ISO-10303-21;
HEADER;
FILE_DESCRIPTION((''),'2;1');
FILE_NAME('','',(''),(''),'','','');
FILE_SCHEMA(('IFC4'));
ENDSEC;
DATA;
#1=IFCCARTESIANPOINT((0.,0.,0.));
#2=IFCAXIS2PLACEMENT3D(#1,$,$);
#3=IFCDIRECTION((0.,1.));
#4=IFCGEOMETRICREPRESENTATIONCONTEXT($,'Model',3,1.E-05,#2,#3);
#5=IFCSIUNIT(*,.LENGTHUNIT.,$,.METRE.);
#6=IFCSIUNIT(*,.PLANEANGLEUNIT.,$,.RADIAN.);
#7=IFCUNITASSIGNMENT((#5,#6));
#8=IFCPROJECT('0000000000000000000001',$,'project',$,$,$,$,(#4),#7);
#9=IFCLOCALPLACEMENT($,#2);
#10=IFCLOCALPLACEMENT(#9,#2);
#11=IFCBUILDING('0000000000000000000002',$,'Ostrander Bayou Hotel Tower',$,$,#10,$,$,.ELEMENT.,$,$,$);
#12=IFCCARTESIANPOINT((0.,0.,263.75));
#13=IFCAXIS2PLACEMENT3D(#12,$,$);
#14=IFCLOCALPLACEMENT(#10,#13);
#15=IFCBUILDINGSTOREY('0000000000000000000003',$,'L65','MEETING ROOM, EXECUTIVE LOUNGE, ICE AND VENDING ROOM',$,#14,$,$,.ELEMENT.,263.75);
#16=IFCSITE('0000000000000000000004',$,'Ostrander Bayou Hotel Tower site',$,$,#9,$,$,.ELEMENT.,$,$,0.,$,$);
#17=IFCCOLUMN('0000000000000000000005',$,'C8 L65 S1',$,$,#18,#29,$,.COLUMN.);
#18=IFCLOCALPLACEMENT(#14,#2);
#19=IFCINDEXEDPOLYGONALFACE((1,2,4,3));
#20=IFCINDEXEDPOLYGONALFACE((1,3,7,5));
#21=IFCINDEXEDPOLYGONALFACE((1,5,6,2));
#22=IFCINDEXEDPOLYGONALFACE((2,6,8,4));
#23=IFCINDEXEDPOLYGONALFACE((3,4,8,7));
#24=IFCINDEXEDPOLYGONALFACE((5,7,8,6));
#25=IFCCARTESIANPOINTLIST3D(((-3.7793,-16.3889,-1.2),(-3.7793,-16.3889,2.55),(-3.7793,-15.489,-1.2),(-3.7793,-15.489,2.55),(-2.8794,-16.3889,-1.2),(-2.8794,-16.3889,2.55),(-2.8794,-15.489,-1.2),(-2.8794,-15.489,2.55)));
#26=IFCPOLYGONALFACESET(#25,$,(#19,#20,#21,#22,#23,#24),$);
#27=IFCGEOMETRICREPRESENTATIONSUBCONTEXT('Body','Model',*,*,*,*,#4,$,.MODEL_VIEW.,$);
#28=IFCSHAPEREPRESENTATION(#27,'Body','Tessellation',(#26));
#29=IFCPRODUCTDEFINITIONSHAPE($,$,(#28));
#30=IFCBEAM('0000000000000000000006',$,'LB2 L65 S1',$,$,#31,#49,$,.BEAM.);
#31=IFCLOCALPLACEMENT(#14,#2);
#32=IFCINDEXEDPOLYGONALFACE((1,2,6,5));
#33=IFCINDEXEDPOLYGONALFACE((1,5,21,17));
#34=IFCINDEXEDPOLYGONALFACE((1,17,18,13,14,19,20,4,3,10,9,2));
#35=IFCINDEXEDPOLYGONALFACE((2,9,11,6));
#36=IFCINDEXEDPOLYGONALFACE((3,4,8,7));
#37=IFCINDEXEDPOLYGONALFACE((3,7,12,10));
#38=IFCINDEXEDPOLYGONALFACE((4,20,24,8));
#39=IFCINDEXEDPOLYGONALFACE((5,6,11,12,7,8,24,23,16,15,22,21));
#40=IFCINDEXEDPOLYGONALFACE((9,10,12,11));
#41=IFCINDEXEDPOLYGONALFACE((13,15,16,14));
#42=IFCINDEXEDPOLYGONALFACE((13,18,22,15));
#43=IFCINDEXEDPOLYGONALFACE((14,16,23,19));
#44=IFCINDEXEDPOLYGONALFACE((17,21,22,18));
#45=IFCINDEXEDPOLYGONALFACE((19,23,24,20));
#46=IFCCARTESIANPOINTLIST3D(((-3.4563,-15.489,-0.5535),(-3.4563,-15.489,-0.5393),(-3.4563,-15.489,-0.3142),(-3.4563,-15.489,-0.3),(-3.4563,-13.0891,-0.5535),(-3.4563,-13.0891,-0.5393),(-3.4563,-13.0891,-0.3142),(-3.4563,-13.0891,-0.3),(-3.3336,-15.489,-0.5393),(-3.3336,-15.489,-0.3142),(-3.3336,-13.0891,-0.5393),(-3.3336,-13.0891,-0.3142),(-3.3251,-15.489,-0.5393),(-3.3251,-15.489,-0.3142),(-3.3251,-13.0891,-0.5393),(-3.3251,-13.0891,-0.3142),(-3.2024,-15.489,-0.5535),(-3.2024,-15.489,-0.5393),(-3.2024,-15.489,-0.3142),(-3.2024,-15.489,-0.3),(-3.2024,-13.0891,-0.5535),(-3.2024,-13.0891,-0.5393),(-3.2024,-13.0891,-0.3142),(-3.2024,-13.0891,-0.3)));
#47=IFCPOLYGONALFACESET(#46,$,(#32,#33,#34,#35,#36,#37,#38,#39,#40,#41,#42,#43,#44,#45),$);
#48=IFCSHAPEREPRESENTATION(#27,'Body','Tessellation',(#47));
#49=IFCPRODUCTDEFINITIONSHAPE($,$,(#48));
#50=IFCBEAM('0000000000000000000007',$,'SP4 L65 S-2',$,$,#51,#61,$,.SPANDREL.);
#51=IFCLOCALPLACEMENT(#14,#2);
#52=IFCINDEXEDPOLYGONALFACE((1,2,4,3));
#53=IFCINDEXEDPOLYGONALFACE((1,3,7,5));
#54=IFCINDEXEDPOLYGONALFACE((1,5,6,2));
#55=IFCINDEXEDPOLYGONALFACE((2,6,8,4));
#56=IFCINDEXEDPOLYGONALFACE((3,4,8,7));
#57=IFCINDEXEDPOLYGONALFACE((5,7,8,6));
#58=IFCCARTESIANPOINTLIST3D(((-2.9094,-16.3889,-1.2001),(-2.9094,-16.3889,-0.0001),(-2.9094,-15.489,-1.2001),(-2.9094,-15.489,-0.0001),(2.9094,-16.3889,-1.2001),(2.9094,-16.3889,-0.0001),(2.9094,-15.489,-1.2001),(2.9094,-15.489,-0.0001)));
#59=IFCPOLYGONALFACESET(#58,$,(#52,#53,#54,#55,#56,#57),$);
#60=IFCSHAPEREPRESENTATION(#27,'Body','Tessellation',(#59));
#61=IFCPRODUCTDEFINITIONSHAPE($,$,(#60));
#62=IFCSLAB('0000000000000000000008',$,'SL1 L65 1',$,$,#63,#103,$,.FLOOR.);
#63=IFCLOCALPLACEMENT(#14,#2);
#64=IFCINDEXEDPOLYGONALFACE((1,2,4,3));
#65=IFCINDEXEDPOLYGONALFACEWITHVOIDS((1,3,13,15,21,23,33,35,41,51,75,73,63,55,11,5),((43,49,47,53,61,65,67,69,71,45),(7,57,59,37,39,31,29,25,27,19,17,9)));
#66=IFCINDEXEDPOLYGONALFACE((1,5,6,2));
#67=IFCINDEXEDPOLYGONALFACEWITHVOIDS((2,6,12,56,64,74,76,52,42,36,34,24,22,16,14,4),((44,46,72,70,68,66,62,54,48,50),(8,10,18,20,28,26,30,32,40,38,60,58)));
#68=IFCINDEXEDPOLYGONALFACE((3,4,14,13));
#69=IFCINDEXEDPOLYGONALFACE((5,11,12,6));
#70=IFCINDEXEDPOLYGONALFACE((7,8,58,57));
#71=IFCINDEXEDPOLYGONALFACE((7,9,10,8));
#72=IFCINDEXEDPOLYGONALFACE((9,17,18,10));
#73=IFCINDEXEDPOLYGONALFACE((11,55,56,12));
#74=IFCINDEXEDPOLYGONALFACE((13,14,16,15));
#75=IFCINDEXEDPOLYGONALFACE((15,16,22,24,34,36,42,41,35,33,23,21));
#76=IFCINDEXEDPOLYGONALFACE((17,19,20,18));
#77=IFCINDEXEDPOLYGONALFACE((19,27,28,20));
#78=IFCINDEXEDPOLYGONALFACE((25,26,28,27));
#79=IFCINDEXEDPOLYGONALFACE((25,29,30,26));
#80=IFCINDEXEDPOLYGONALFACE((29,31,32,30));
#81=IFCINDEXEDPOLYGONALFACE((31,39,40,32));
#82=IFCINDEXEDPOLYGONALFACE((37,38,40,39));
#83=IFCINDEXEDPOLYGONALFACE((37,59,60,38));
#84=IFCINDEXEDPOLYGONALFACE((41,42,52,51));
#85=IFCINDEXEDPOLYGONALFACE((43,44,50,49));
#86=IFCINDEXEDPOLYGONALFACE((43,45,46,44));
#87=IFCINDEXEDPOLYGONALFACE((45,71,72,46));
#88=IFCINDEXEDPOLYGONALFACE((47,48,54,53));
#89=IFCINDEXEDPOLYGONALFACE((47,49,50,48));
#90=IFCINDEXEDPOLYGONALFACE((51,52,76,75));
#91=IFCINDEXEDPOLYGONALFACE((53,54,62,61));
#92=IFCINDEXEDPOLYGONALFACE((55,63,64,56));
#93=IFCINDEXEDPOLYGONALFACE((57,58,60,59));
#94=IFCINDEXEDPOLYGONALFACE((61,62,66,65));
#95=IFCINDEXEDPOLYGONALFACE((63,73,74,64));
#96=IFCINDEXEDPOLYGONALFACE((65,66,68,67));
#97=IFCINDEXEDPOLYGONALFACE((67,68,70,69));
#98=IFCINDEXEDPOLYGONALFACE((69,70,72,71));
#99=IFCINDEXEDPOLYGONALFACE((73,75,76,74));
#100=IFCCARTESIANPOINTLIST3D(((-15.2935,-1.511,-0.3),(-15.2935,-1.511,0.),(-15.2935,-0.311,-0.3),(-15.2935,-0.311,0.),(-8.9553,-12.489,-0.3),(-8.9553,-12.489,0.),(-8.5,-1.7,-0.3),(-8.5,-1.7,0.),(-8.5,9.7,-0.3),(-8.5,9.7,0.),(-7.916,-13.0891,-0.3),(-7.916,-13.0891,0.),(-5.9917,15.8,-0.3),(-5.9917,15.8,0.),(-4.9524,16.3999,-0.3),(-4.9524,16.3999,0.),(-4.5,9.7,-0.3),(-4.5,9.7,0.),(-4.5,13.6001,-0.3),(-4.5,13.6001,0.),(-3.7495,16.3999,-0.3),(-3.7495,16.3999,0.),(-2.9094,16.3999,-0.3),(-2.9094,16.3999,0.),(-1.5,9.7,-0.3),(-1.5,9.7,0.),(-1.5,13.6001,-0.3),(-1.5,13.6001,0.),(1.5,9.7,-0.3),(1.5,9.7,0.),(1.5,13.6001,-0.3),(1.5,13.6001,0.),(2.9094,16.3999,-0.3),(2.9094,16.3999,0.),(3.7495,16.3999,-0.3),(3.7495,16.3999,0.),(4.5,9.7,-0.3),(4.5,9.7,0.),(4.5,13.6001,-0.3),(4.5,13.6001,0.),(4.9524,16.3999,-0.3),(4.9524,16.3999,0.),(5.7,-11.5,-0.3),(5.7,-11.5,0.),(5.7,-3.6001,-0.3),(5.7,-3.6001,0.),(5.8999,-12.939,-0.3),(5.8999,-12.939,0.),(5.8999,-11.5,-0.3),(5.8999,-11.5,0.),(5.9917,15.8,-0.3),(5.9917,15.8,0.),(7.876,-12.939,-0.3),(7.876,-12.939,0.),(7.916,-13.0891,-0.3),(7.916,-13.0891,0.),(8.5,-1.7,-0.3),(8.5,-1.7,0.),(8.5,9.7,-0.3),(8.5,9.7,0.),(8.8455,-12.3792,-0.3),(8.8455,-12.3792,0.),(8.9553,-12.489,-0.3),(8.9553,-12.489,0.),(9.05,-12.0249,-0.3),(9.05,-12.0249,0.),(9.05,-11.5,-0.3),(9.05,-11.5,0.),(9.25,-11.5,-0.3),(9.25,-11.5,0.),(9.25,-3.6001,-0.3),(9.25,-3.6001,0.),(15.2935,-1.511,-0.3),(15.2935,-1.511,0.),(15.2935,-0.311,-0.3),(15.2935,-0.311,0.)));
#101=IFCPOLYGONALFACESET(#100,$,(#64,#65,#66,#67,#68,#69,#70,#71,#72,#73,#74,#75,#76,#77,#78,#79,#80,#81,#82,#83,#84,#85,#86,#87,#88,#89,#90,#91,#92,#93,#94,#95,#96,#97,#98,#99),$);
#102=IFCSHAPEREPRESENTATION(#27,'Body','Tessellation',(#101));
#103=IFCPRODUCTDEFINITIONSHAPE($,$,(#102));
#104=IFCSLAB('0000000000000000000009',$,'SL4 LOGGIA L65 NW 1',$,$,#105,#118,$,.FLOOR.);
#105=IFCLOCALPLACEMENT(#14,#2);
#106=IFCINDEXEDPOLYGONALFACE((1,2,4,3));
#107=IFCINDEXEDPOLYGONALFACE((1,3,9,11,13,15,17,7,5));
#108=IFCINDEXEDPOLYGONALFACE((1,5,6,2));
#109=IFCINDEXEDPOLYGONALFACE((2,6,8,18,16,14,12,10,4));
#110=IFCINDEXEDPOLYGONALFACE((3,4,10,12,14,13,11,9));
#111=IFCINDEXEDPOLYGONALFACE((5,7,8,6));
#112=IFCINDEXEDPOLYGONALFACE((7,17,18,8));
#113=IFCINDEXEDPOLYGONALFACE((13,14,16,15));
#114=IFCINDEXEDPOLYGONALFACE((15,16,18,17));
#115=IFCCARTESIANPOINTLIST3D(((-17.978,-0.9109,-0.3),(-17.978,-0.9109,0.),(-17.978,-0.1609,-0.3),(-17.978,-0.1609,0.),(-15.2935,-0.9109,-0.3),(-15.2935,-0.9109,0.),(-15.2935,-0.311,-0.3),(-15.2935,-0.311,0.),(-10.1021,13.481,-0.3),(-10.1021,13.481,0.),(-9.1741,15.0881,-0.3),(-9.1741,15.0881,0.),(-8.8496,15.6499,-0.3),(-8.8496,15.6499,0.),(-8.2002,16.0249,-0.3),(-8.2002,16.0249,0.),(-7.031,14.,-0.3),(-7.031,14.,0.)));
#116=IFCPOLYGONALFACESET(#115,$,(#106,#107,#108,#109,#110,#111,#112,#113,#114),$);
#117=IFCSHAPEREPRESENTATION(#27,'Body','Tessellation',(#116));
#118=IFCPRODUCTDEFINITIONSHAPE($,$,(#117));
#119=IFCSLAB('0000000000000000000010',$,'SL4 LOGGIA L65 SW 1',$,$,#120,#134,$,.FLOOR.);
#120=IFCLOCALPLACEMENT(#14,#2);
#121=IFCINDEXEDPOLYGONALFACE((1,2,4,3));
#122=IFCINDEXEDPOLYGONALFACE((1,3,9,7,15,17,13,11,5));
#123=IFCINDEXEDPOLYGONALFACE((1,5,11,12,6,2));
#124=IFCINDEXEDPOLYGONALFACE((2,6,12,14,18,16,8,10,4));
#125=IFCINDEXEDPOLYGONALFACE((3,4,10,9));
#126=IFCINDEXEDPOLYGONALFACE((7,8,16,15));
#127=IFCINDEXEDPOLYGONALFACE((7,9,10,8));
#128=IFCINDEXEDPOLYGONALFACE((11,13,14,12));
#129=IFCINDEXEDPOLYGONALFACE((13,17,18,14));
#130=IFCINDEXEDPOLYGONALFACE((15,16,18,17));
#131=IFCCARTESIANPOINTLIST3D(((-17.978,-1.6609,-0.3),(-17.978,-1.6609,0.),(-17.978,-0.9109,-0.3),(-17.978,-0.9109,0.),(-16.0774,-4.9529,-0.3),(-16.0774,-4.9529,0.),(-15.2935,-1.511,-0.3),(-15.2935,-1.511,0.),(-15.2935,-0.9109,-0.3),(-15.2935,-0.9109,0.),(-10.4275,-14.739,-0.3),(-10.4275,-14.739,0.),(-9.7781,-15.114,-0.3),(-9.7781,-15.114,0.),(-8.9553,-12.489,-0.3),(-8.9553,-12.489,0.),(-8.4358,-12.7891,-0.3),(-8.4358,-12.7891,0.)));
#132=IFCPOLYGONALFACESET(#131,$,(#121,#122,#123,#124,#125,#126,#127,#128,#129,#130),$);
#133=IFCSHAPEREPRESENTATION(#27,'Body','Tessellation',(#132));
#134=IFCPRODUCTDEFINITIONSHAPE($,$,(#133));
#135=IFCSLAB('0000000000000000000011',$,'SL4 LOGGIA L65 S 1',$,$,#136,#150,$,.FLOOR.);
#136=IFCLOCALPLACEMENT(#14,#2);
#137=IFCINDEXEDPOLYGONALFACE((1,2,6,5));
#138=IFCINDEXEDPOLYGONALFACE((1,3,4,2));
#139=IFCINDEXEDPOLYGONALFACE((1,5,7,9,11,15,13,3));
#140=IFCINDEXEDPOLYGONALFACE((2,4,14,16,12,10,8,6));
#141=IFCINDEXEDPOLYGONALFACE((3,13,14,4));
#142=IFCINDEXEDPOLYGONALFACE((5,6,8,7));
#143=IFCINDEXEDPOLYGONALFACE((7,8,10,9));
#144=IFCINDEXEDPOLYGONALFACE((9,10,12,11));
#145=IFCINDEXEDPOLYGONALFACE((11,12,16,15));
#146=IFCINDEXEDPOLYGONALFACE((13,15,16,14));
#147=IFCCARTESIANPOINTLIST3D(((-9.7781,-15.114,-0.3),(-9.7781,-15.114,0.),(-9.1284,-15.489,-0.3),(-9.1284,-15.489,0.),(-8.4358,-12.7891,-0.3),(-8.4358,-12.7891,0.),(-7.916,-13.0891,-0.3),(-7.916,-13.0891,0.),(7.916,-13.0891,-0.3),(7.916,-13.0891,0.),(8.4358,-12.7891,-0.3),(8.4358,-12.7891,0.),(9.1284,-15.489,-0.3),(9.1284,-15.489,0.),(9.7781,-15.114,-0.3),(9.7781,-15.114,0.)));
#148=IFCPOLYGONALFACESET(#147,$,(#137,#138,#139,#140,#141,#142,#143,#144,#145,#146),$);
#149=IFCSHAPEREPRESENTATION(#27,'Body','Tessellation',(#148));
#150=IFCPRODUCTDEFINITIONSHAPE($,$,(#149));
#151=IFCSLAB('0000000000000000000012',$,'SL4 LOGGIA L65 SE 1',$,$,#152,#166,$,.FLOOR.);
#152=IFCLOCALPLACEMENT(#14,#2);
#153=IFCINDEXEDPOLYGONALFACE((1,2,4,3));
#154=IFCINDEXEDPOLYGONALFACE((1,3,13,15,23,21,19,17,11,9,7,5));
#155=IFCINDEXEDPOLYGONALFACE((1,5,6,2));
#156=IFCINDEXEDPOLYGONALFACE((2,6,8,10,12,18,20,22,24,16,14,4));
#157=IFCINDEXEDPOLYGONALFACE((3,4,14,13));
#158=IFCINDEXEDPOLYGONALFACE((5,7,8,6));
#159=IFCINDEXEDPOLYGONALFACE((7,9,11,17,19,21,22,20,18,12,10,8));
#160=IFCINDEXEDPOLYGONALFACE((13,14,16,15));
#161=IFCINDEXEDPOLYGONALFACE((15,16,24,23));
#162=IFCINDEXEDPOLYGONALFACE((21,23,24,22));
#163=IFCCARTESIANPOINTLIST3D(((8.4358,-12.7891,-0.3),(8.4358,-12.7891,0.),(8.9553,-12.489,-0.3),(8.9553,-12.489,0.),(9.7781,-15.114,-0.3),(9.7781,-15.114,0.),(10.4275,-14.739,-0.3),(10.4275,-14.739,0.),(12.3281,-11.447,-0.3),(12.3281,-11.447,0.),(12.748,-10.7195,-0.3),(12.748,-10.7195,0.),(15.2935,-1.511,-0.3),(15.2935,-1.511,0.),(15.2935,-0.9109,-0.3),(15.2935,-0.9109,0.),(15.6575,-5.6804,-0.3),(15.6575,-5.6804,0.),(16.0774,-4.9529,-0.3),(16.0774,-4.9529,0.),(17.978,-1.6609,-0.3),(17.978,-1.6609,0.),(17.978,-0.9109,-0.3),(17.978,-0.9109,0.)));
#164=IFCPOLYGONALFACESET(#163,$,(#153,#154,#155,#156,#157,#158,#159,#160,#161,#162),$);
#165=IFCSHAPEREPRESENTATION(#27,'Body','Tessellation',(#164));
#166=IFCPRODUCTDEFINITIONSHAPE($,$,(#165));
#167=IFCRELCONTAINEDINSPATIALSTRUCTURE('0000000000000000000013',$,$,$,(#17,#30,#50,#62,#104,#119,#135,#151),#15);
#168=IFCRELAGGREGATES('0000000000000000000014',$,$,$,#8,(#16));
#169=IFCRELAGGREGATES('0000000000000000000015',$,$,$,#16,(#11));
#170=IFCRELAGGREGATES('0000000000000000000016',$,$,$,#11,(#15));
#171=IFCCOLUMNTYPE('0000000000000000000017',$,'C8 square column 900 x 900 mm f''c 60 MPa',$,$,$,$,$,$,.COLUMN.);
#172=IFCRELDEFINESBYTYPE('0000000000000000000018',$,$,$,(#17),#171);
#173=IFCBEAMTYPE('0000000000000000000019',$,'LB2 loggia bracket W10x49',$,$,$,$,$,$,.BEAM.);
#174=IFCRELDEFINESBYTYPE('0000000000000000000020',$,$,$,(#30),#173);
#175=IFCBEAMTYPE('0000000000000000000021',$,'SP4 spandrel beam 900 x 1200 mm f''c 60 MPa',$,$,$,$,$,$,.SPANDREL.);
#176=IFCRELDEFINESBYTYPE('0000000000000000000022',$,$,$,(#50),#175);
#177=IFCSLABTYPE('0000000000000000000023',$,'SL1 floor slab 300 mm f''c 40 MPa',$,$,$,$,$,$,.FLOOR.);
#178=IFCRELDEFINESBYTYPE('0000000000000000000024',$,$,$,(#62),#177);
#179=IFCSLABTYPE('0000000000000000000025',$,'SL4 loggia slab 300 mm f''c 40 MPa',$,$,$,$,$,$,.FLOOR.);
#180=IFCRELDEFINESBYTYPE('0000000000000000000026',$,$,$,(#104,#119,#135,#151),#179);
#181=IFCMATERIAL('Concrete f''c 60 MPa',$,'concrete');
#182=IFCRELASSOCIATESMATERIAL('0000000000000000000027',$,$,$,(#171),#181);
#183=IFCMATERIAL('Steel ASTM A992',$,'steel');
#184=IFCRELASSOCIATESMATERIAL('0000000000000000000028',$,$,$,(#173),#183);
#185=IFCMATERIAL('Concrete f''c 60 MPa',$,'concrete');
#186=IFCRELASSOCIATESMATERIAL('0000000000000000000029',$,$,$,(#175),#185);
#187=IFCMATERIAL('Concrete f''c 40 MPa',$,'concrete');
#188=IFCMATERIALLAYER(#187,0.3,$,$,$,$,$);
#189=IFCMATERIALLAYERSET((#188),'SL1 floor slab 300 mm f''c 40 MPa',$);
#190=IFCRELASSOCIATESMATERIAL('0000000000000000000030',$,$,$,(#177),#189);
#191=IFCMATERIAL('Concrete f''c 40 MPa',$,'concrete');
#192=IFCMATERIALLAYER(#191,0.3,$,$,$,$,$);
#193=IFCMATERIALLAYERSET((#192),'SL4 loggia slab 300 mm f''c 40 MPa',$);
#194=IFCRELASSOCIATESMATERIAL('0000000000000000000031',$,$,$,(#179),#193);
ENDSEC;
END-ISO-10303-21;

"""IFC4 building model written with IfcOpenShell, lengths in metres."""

from ifc_helpers import new_model, si_unit, direction, frame, origin, origin_2d, place, context, subcontext, project, spatial, polyline, rectangle, i_section, outline, extrude, material, layer, layer_set, material_profile, profile_set, type_object, element, save


model = new_model("IFC4")

# Units and contexts
model_context = context("Model", 3, precision=1e-05, world=origin(), true_north=direction((0.0, 1.0)))
body_context = subcontext(model_context, "Body", "Model", "MODEL_VIEW")
ifc_project = project(units=[si_unit("LENGTHUNIT", "METRE"), si_unit("PLANEANGLEUNIT", "RADIAN")], contexts=[model_context])

# Site, building, storey
site_placement = place(None, origin())
site = spatial("IfcSite", under=ifc_project, at=site_placement, Name="Ostrander Bayou Hotel Tower site", CompositionType="ELEMENT", RefElevation=0.0)
building_placement = place(site_placement, origin())
building = spatial("IfcBuilding", under=site, at=building_placement, Name="Ostrander Bayou Hotel Tower", CompositionType="ELEMENT")
storey_placement = place(building_placement, frame((0.0, 0.0, 263.75)))
storey = spatial("IfcBuildingStorey", under=building, at=storey_placement, Name="L65", Description="MEETING ROOM, EXECUTIVE LOUNGE, ICE AND VENDING ROOM", CompositionType="ELEMENT", Elevation=263.75)

# Column
ifc_material_1 = material(Name="Concrete f'c 60 MPa", Category="concrete")
ifc_material_profile_1 = material_profile(ifc_material_1, rectangle(XDim=0.8999, YDim=0.8999, at=origin_2d()))
ifc_profile_set_1 = profile_set([ifc_material_profile_1], Name="Concrete f'c 60 MPa")
column_type = type_object("IfcColumnType", Name="C8 square column 900 x 900 mm f'c 60 MPa", PredefinedType="COLUMN", material=ifc_profile_set_1)
column_placement = place(storey_placement, frame((-3.3293, -15.939, -1.2), z_axis=(0.0, 0.0, 1.0), x_axis=(-1.0, 0.0, 0.0)))
element("IfcColumn", 1, at=column_placement, inside=storey, type_object=column_type, Name="C8 L65 S1", PredefinedType="COLUMN", context=body_context, shape_type="SweptSolid", body=[
    extrude(rectangle(XDim=0.8999, YDim=0.8999, at=origin_2d()), origin(), (0.0, 0.0, 1.0), 3.75),
])

# Beams
ifc_material_2 = material(Name="Steel ASTM A992", Category="steel")
ifc_material_profile_2 = material_profile(ifc_material_2, i_section(OverallWidth=0.2539, OverallDepth=0.2534, WebThickness=0.0085, FlangeThickness=0.0142, at=origin_2d()))
ifc_profile_set_2 = profile_set([ifc_material_profile_2], Name="Steel ASTM A992")
beam_type_1 = type_object("IfcBeamType", Name="LB2 loggia bracket W10x49", PredefinedType="BEAM", material=ifc_profile_set_2)
beam_1_placement = place(storey_placement, frame((-3.3293, -15.489, -0.4268), z_axis=(0.0, 1.0, 0.0), x_axis=(-1.0, 0.0, 0.0)))
element("IfcBeam", 2, at=beam_1_placement, inside=storey, type_object=beam_type_1, Name="LB2 L65 S1", PredefinedType="BEAM", context=body_context, shape_type="SweptSolid", body=[
    extrude(i_section(OverallWidth=0.2539, OverallDepth=0.2534, WebThickness=0.0085, FlangeThickness=0.0142, at=origin_2d()), origin(), (0.0, 0.0, 1.0), 2.3999),
])
ifc_material_3 = material(Name="Concrete f'c 60 MPa", Category="concrete")
ifc_material_profile_3 = material_profile(ifc_material_3, rectangle(XDim=0.8999, YDim=1.2, at=origin_2d()))
ifc_profile_set_3 = profile_set([ifc_material_profile_3], Name="Concrete f'c 60 MPa")
beam_type_2 = type_object("IfcBeamType", Name="SP4 spandrel beam 900 x 1200 mm f'c 60 MPa", PredefinedType="SPANDREL", material=ifc_profile_set_3)
beam_2_placement = place(storey_placement, frame((-2.9094, -15.939, -0.6001), z_axis=(1.0, 0.0, 0.0), x_axis=(0.0, 1.0, 0.0)))
element("IfcBeam", 3, at=beam_2_placement, inside=storey, type_object=beam_type_2, Name="SP4 L65 S-2", PredefinedType="SPANDREL", context=body_context, shape_type="SweptSolid", body=[
    extrude(rectangle(XDim=0.8999, YDim=1.2, at=origin_2d()), origin(), (0.0, 0.0, 1.0), 5.8188),
])

# Slabs
ifc_material_4 = material(Name="Concrete f'c 40 MPa", Category="concrete")
ifc_layer_1 = layer(ifc_material_4, 0.3)
ifc_layer_set_1 = layer_set([ifc_layer_1], Name="SL1 floor slab 300 mm f'c 40 MPa")
slab_type_1 = type_object("IfcSlabType", Name="SL1 floor slab 300 mm f'c 40 MPa", PredefinedType="FLOOR", material=ifc_layer_set_1)
slab_1_placement = place(storey_placement, frame((0.0, 0.0, -0.3)))
element("IfcSlab", 4, at=slab_1_placement, inside=storey, type_object=slab_type_1, Name="SL1 L65 1", PredefinedType="FLOOR", context=body_context, shape_type="SweptSolid", body=[
    extrude(outline(polyline([(-2.9094, 16.3999), (2.9094, 16.3999), (3.7495, 16.3999), (4.9524, 16.3999), (5.9917, 15.8), (15.2935, -0.311), (15.2935, -1.511), (8.9553, -12.489), (7.916, -13.0891), (-7.916, -13.0891), (-8.9553, -12.489), (-15.2935, -1.511), (-15.2935, -0.311), (-5.9917, 15.8), (-4.9524, 16.3999), (-3.7495, 16.3999), (-2.9094, 16.3999)]), holes=[polyline([(9.05, -12.0249), (9.05, -11.5), (9.25, -11.5), (9.25, -3.6001), (5.7, -3.6001), (5.7, -11.5), (5.8999, -11.5), (5.8999, -12.939), (7.876, -12.939), (8.8455, -12.3792), (9.05, -12.0249)]), polyline([(-8.5, -1.7), (8.5, -1.7), (8.5, 9.7), (4.5, 9.7), (4.5, 13.6001), (1.5, 13.6001), (1.5, 9.7), (-1.5, 9.7), (-1.5, 13.6001), (-4.5, 13.6001), (-4.5, 9.7), (-8.5, 9.7), (-8.5, -1.7)])]), origin(), (0.0, 0.0, 1.0), 0.3),
])
ifc_material_5 = material(Name="Concrete f'c 40 MPa", Category="concrete")
ifc_layer_2 = layer(ifc_material_5, 0.3)
ifc_layer_set_2 = layer_set([ifc_layer_2], Name="SL4 loggia slab 300 mm f'c 40 MPa")
slab_type_2 = type_object("IfcSlabType", Name="SL4 loggia slab 300 mm f'c 40 MPa", PredefinedType="FLOOR", material=ifc_layer_set_2)
slab_2_placement = place(storey_placement, frame((0.0, 0.0, -0.3)))
element("IfcSlab", 5, at=slab_2_placement, inside=storey, type_object=slab_type_2, Name="SL4 LOGGIA L65 NW 1", PredefinedType="FLOOR", context=body_context, shape_type="SweptSolid", body=[
    extrude(outline(polyline([(-17.978, -0.9109), (-17.978, -0.1609), (-10.1021, 13.481), (-9.1741, 15.0881), (-8.8496, 15.6499), (-8.2002, 16.0249), (-7.031, 14.0), (-15.2935, -0.311), (-15.2935, -0.9109), (-17.978, -0.9109)])), origin(), (0.0, 0.0, 1.0), 0.3),
])
slab_3_placement = place(storey_placement, frame((0.0, 0.0, -0.3)))
element("IfcSlab", 6, at=slab_3_placement, inside=storey, type_object=slab_type_2, Name="SL4 LOGGIA L65 SW 1", PredefinedType="FLOOR", context=body_context, shape_type="SweptSolid", body=[
    extrude(outline(polyline([(-8.4358, -12.7891), (-9.7781, -15.114), (-10.4275, -14.739), (-16.0774, -4.9529), (-17.978, -1.6609), (-17.978, -0.9109), (-15.2935, -0.9109), (-15.2935, -1.511), (-8.9553, -12.489), (-8.4358, -12.7891)])), origin(), (0.0, 0.0, 1.0), 0.3),
])
slab_4_placement = place(storey_placement, frame((0.0, 0.0, -0.3)))
element("IfcSlab", 7, at=slab_4_placement, inside=storey, type_object=slab_type_2, Name="SL4 LOGGIA L65 S 1", PredefinedType="FLOOR", context=body_context, shape_type="SweptSolid", body=[
    extrude(outline(polyline([(8.4358, -12.7891), (9.7781, -15.114), (9.1284, -15.489), (-9.1284, -15.489), (-9.7781, -15.114), (-8.4358, -12.7891), (-7.916, -13.0891), (7.916, -13.0891), (8.4358, -12.7891)])), origin(), (0.0, 0.0, 1.0), 0.3),
])
slab_5_placement = place(storey_placement, frame((0.0, 0.0, -0.3)))
element("IfcSlab", 8, at=slab_5_placement, inside=storey, type_object=slab_type_2, Name="SL4 LOGGIA L65 SE 1", PredefinedType="FLOOR", context=body_context, shape_type="SweptSolid", body=[
    extrude(outline(polyline([(15.2935, -0.9109), (17.978, -0.9109), (17.978, -1.6609), (16.0774, -4.9529), (15.6575, -5.6804), (12.748, -10.7195), (12.3281, -11.447), (10.4275, -14.739), (9.7781, -15.114), (8.4358, -12.7891), (8.9553, -12.489), (15.2935, -1.511), (15.2935, -0.9109)])), origin(), (0.0, 0.0, 1.0), 0.3),
])

save(model, "model.ifc")
